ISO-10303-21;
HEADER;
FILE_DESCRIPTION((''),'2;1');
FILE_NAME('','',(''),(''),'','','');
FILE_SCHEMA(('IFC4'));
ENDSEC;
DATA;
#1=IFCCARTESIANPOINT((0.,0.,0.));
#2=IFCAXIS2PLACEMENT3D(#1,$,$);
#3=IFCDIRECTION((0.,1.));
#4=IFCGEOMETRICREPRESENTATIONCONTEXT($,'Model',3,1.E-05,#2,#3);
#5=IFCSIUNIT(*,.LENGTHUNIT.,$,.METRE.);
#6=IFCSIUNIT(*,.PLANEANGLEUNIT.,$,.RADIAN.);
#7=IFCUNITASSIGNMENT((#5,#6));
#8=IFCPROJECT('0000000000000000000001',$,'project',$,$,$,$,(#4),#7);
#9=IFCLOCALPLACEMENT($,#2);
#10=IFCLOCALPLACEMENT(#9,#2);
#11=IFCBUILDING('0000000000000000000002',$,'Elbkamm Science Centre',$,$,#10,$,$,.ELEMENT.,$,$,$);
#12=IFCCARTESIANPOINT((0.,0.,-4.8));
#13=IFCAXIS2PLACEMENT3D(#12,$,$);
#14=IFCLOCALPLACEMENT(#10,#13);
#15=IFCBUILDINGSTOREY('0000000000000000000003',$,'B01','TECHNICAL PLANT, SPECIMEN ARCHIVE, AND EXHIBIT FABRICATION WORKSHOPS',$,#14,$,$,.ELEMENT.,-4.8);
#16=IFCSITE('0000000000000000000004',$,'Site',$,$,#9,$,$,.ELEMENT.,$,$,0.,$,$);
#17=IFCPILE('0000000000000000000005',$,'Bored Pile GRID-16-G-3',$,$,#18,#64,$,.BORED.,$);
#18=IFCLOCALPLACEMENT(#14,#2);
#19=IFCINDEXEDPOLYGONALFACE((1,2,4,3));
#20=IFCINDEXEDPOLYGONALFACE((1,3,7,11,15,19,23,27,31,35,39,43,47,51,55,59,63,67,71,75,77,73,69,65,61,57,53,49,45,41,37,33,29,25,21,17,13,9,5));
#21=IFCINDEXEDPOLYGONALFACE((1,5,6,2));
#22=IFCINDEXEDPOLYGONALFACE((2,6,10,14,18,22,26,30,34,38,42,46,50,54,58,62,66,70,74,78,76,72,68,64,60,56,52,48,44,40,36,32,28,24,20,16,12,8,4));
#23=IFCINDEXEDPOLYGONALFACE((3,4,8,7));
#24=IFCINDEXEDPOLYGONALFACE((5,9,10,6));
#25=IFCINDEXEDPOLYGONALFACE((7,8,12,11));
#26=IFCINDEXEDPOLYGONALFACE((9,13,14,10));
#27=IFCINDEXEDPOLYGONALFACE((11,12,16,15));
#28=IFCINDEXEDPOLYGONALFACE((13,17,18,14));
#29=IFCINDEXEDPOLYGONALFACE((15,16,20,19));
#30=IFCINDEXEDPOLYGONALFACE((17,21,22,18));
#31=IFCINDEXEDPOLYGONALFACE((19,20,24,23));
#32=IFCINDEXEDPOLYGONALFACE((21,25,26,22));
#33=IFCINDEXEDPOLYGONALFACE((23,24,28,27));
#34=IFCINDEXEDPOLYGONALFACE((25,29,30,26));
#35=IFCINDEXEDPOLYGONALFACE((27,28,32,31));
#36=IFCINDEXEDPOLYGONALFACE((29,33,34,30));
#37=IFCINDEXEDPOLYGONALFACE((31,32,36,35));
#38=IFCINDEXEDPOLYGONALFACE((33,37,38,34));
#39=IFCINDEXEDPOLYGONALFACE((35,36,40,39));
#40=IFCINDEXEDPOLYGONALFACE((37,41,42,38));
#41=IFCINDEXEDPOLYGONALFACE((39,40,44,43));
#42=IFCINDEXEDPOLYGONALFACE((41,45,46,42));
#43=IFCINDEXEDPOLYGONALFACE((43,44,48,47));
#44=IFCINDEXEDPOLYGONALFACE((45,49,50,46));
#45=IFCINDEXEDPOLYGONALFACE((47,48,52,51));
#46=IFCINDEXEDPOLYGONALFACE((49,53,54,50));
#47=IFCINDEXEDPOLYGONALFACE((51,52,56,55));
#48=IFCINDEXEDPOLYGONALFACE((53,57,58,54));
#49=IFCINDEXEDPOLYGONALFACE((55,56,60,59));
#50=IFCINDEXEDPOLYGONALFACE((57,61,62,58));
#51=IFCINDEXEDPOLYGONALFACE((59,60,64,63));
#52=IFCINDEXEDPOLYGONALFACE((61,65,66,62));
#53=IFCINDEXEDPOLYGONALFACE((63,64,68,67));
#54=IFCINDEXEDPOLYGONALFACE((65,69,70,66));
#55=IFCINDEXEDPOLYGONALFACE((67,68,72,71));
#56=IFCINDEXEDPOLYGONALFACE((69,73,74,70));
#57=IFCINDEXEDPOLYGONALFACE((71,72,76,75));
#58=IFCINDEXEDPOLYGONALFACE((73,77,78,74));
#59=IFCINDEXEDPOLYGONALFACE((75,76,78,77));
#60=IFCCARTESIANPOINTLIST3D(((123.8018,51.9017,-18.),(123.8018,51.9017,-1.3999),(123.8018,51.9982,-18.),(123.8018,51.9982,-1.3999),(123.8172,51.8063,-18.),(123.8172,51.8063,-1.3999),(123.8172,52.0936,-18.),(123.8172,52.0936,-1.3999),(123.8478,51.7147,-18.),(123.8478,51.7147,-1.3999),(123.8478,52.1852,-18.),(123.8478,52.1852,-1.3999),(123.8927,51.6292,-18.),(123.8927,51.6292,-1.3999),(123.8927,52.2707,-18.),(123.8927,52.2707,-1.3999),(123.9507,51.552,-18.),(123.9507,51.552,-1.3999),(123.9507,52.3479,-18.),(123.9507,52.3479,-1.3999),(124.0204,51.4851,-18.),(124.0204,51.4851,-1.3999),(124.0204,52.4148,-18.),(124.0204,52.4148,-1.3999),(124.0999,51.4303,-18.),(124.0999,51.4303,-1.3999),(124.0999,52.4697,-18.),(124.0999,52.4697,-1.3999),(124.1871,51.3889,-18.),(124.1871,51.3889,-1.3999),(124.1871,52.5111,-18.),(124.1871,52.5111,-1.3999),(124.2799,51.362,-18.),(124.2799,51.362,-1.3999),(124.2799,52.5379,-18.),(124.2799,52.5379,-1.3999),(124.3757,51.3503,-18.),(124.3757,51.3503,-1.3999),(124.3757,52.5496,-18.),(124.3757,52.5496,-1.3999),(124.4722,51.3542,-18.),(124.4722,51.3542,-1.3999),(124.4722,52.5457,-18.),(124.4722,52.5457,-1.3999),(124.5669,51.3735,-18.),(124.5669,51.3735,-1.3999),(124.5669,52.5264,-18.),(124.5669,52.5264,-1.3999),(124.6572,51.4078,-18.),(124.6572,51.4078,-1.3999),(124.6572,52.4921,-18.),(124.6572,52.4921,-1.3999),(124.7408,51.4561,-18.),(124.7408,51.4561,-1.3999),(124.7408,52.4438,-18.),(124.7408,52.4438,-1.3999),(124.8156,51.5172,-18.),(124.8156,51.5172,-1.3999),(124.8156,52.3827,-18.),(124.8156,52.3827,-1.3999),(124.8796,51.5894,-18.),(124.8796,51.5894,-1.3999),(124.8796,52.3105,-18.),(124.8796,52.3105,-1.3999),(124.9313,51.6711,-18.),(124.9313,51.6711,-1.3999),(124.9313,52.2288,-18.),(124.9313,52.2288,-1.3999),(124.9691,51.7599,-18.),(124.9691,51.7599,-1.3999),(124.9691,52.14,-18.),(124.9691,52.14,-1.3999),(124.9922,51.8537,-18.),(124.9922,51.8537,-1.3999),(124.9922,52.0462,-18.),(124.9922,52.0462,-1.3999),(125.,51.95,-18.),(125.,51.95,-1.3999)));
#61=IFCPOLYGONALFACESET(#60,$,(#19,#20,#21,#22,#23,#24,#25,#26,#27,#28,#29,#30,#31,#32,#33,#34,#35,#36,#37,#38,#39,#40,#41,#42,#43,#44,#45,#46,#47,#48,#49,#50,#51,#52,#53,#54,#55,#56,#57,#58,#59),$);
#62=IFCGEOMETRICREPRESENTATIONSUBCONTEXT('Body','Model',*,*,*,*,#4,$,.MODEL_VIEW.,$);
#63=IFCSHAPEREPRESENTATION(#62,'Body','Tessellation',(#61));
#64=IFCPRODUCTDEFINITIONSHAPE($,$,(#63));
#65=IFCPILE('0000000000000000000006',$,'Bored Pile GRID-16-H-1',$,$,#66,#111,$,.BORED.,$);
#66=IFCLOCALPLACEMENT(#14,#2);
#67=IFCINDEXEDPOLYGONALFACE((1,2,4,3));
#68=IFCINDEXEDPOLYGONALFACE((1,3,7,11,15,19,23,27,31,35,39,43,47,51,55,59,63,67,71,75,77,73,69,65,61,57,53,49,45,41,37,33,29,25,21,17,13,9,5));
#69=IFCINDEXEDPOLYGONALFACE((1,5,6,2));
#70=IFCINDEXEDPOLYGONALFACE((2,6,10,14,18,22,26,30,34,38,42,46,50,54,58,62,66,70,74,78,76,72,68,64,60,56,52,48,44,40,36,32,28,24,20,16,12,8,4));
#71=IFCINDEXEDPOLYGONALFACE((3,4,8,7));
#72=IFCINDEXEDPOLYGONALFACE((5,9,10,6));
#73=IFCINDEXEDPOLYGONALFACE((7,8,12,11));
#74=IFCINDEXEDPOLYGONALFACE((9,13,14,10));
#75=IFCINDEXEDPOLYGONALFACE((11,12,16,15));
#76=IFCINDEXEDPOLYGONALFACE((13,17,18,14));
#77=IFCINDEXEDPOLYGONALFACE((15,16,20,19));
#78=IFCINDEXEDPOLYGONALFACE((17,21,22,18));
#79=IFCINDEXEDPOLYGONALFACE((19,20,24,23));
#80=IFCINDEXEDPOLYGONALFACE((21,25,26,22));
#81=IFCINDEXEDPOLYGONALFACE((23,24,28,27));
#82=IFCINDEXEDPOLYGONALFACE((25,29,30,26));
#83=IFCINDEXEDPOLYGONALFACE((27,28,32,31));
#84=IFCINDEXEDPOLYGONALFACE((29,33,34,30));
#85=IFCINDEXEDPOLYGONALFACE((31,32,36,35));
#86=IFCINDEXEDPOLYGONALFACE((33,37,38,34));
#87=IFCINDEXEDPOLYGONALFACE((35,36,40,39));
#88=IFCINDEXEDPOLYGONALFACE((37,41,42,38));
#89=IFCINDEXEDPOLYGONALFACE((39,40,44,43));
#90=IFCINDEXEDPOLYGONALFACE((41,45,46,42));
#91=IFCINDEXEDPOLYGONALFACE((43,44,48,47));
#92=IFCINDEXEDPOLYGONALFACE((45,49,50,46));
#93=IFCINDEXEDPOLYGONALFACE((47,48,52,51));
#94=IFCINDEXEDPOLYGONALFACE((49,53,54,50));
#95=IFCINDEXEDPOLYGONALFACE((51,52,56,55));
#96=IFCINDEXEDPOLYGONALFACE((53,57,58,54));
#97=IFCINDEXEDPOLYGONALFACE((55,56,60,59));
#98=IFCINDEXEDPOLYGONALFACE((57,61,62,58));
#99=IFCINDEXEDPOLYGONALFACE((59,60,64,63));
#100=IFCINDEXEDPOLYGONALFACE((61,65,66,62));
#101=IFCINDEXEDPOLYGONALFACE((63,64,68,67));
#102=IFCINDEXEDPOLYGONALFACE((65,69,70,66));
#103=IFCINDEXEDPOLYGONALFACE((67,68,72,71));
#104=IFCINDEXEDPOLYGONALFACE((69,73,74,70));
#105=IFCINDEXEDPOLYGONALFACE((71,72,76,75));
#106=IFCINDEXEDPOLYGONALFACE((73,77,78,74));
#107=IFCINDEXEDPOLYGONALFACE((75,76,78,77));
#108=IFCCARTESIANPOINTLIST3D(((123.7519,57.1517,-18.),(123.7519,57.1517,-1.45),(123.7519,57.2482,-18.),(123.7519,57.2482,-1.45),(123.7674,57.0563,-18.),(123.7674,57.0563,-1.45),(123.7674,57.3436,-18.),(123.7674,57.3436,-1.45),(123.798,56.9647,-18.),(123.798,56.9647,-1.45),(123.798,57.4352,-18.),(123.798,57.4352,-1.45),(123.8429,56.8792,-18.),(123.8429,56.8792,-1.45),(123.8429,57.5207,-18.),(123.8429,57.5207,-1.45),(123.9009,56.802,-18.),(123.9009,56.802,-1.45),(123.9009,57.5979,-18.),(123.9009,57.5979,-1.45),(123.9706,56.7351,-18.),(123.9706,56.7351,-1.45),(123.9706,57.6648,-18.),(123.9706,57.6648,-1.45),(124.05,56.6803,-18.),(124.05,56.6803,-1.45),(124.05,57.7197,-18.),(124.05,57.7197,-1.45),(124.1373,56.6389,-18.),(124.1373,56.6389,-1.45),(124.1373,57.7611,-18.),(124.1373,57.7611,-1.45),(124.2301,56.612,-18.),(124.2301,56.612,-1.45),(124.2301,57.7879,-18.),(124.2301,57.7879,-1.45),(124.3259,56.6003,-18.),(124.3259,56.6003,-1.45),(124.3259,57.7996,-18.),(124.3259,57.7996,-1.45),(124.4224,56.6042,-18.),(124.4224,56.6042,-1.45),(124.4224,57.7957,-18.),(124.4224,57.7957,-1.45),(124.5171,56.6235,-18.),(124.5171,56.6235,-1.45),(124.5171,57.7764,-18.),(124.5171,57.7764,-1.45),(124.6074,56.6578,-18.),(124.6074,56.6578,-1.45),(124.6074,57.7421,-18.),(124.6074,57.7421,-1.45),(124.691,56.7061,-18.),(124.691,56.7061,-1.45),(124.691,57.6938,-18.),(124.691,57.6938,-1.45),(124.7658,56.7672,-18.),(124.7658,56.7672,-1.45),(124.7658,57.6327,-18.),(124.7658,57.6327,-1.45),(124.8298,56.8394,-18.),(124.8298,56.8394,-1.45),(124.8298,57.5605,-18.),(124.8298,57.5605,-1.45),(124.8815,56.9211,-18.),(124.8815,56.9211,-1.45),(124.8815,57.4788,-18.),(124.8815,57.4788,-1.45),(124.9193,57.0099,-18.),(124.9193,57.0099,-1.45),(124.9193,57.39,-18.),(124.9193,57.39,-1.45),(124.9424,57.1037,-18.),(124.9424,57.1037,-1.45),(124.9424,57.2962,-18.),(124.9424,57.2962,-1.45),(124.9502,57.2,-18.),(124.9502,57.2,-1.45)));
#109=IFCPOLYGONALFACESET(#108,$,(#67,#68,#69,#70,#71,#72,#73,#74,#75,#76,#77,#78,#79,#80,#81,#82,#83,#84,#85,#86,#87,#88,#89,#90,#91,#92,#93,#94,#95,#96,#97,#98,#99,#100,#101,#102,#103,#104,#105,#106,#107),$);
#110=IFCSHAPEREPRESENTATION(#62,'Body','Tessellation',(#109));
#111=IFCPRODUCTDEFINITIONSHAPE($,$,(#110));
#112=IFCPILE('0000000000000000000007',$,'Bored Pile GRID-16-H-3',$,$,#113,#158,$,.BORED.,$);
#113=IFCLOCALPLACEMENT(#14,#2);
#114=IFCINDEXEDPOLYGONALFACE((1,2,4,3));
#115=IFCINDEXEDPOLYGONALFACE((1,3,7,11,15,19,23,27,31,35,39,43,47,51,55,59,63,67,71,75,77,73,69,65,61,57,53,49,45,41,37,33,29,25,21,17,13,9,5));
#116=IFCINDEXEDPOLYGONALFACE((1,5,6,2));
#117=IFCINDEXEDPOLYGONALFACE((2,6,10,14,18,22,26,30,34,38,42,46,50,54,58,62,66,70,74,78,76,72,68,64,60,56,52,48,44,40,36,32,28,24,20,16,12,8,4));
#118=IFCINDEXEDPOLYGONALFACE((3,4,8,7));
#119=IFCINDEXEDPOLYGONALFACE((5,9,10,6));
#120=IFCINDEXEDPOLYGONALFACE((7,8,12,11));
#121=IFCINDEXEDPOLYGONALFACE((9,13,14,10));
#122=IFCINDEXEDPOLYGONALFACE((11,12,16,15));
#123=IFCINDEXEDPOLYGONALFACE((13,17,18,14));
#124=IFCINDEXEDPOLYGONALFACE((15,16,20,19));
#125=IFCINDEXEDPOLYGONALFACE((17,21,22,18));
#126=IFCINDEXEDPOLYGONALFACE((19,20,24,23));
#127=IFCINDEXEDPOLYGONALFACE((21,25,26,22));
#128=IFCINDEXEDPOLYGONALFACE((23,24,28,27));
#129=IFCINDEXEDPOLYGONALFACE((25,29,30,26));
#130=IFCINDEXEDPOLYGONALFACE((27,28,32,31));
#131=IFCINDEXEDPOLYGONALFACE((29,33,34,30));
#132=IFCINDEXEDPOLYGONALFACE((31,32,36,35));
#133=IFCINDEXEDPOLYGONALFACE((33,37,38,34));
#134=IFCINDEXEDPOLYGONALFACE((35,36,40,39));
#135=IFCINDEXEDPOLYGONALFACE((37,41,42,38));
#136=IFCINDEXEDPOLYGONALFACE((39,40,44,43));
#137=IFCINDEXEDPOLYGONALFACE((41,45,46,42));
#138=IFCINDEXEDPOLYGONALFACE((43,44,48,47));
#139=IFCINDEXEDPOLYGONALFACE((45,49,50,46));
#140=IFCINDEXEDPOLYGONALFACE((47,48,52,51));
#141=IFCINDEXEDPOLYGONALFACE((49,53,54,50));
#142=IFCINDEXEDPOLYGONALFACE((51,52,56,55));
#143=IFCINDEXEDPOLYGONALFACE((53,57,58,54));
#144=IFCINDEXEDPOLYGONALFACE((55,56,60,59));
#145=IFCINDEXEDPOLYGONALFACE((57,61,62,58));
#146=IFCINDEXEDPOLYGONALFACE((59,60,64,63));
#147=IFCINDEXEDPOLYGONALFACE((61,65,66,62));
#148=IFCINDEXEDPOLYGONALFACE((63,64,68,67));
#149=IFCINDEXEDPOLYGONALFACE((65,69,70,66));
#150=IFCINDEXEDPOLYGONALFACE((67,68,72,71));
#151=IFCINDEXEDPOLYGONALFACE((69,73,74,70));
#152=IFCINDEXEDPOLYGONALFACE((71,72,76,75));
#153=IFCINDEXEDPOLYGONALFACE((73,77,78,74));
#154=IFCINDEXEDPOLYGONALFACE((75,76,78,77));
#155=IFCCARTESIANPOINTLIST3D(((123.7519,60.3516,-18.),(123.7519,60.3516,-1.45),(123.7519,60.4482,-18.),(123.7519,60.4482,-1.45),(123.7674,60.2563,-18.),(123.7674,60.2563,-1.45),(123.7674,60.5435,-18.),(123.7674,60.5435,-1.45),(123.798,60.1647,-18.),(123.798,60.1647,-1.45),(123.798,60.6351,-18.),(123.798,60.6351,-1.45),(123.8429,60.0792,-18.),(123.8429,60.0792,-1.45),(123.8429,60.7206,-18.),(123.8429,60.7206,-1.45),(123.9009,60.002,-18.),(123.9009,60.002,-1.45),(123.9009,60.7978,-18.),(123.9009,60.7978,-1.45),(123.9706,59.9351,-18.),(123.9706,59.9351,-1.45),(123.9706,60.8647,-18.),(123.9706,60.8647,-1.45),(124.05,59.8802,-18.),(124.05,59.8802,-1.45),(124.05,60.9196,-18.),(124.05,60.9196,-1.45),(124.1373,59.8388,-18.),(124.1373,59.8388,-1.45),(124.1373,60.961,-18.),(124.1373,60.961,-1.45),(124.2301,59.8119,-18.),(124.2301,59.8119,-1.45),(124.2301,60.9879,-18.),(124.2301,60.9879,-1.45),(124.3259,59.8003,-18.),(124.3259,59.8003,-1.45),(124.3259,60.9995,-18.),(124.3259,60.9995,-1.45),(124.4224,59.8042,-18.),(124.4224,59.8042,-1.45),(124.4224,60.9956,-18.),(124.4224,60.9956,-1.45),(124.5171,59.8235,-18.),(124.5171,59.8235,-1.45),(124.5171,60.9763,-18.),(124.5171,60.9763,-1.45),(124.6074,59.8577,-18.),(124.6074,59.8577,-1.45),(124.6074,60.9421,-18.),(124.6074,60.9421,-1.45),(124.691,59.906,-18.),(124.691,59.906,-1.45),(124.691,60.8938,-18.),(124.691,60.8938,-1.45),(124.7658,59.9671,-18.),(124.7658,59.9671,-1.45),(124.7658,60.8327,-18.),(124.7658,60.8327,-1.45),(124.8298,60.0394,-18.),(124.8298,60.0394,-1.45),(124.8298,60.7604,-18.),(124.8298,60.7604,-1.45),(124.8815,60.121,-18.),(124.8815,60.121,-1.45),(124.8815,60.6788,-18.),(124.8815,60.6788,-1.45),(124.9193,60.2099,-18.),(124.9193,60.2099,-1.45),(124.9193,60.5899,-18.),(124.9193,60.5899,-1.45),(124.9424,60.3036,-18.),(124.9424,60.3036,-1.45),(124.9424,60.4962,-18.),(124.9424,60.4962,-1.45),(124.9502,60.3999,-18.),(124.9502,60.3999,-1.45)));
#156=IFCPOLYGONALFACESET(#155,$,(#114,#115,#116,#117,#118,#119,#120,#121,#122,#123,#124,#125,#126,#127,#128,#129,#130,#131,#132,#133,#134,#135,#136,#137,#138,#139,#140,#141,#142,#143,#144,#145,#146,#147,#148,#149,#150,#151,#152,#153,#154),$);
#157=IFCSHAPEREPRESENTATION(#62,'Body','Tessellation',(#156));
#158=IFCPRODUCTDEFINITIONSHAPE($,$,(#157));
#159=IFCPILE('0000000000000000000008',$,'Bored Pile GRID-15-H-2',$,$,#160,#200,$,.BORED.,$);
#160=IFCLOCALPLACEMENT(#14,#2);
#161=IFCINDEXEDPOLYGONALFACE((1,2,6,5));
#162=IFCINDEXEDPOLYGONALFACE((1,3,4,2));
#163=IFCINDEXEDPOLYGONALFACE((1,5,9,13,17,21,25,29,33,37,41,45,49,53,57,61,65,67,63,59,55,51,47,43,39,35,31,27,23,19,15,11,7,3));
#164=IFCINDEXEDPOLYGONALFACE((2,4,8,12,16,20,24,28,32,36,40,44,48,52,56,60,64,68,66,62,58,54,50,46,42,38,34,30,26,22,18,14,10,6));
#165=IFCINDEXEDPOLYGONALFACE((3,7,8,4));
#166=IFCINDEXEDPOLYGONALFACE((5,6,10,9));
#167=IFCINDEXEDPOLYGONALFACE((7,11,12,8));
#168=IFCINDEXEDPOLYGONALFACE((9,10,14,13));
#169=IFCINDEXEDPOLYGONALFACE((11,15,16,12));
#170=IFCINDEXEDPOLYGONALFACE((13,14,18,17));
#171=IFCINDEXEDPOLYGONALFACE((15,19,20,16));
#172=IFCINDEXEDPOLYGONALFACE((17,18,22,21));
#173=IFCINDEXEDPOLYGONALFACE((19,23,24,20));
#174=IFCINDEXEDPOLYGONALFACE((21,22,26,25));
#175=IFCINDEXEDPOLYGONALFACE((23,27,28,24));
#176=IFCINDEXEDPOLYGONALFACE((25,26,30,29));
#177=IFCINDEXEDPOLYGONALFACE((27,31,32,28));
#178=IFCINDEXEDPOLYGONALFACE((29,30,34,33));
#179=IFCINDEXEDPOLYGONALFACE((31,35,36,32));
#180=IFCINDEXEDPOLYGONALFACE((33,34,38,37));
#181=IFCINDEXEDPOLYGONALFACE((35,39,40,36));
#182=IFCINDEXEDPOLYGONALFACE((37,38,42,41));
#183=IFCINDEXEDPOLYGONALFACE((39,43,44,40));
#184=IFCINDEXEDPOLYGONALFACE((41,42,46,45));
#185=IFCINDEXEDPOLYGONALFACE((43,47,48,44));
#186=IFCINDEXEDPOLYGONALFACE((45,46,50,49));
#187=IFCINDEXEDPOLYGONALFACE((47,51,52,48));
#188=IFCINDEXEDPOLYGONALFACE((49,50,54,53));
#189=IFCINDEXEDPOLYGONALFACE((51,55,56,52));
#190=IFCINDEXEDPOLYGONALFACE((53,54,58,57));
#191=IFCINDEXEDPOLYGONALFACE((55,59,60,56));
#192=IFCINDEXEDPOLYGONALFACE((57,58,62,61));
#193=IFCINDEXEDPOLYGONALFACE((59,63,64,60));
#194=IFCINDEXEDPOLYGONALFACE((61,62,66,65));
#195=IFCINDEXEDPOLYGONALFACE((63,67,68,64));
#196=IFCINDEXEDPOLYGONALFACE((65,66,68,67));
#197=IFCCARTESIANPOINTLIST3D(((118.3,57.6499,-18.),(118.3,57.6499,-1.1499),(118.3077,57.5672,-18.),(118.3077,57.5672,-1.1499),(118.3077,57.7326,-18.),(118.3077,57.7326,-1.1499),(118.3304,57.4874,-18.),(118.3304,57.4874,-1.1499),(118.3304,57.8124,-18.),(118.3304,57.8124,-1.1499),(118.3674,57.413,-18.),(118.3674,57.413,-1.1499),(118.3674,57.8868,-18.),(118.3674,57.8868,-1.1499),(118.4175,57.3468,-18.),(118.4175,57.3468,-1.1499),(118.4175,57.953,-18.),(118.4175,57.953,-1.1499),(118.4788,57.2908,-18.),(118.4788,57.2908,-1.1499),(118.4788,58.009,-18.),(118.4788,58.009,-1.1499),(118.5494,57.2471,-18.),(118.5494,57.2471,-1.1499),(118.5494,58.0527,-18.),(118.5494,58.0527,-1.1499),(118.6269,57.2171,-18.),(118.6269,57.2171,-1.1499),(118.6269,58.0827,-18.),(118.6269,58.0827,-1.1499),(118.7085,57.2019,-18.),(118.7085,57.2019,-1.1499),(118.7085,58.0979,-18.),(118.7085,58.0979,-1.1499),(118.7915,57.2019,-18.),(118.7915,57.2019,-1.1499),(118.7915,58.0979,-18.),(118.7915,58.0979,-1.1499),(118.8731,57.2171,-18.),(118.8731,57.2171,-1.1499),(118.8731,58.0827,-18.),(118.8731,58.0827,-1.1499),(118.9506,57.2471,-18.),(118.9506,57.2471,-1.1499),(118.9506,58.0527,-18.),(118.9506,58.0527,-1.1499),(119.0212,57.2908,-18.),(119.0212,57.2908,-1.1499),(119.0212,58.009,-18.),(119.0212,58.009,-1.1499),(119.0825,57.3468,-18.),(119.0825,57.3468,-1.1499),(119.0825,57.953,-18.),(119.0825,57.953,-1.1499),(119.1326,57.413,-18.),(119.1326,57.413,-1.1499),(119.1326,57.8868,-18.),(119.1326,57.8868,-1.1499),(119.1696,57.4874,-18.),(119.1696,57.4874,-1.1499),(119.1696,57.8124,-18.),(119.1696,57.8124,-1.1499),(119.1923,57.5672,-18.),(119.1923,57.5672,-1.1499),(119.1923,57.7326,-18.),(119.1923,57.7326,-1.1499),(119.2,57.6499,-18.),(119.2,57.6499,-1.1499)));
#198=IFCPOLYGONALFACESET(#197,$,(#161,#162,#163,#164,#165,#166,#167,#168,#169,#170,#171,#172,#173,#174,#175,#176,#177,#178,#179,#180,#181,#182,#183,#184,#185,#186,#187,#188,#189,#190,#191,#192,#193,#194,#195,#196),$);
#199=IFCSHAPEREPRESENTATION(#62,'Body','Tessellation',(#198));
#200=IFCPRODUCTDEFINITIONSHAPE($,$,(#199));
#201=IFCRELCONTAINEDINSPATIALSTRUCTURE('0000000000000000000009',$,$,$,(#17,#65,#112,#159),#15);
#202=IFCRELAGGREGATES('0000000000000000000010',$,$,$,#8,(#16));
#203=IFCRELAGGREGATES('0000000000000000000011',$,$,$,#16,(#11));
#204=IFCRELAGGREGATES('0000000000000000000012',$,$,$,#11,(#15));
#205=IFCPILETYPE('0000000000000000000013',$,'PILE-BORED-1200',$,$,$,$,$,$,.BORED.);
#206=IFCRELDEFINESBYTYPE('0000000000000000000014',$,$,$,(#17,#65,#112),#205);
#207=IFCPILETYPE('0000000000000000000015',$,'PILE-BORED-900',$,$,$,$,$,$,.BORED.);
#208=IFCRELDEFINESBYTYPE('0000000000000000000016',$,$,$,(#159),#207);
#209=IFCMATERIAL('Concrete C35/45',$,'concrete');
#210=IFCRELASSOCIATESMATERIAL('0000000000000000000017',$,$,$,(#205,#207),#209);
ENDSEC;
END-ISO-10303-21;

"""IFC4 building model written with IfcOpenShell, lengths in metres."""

from ifc_helpers import new_model, si_unit, direction, frame, origin, origin_2d, place, context, subcontext, project, spatial, circle, extrude, material, material_profile, profile_set, type_object, element, save


model = new_model("IFC4")

# Units and contexts
model_context = context("Model", 3, precision=1e-05, world=origin(), true_north=direction((0.0, 1.0)))
body_context = subcontext(model_context, "Body", "Model", "MODEL_VIEW")
ifc_project = project(units=[si_unit("LENGTHUNIT", "METRE"), si_unit("PLANEANGLEUNIT", "RADIAN")], contexts=[model_context])

# Site, building, storey
site_placement = place(None, origin())
site = spatial("IfcSite", under=ifc_project, at=site_placement, Name="Site", CompositionType="ELEMENT", RefElevation=0.0)
building_placement = place(site_placement, origin())
building = spatial("IfcBuilding", under=site, at=building_placement, Name="Elbkamm Science Centre", CompositionType="ELEMENT")
storey_placement = place(building_placement, frame((0.0, 0.0, -4.8)))
storey = spatial("IfcBuildingStorey", under=building, at=storey_placement, Name="B01", Description="TECHNICAL PLANT, SPECIMEN ARCHIVE, AND EXHIBIT FABRICATION WORKSHOPS", CompositionType="ELEMENT", Elevation=-4.8)

# Shared definitions
ifc_material_1 = material(Name="Concrete C35/45", Category="concrete")

# Piles
ifc_material_profile_1 = material_profile(ifc_material_1, circle(Radius=0.6001, at=origin_2d()), Name="PILE D1200")
ifc_profile_set_1 = profile_set([ifc_material_profile_1], Name="Concrete C35/45")
pile_type_1 = type_object("IfcPileType", Name="PILE-BORED-1200", PredefinedType="BORED", material=ifc_profile_set_1)
pile_placement = place(storey_placement, frame((124.3999, 51.95, -1.3999), z_axis=(0.0, 0.0, -1.0), x_axis=(1.0, 0.0, 0.0)))
element("IfcPile", 1, at=pile_placement, inside=storey, type_object=pile_type_1, Name="Bored Pile GRID-16-G-3", PredefinedType="BORED", context=body_context, shape_type="SweptSolid", body=[
    extrude(circle(Radius=0.6001, at=origin_2d()), origin(), (0.0, 0.0, 1.0), 16.6001),
])
for number, where, z_axis, x_axis, name in (
    (2, (124.3501, 57.2, -1.45), (0.0, 0.0, -1.0), (1.0, 0.0, 0.0), "Bored Pile GRID-16-H-1"),
    (3, (124.3501, 60.3999, -1.45), (0.0, 0.0, -1.0), (1.0, 0.0, 0.0), "Bored Pile GRID-16-H-3"),
):
    element("IfcPile", number, at=place(storey_placement, frame(where, z_axis=z_axis, x_axis=x_axis)), inside=storey, type_object=pile_type_1, Name=name, PredefinedType="BORED", context=body_context, shape_type="SweptSolid", body=[
        extrude(circle(Radius=0.6001, at=origin_2d()), origin(), (0.0, 0.0, 1.0), 16.55),
    ])
ifc_material_profile_2 = material_profile(ifc_material_1, circle(Radius=0.45, at=origin_2d()), Name="PILE D900")
ifc_profile_set_2 = profile_set([ifc_material_profile_2], Name="Concrete C35/45")
pile_type_2 = type_object("IfcPileType", Name="PILE-BORED-900", PredefinedType="BORED", material=ifc_profile_set_2)
for number, where, z_axis, x_axis, name in (
    (4, (118.75, 57.6499, -1.1499), (0.0, 0.0, -1.0), (1.0, 0.0, 0.0), "Bored Pile GRID-15-H-2"),
):
    element("IfcPile", number, at=place(storey_placement, frame(where, z_axis=z_axis, x_axis=x_axis)), inside=storey, type_object=pile_type_2, Name=name, PredefinedType="BORED", context=body_context, shape_type="SweptSolid", body=[
        extrude(circle(Radius=0.45, at=origin_2d()), origin(), (0.0, 0.0, 1.0), 16.8501),
    ])

save(model, "model.ifc")
